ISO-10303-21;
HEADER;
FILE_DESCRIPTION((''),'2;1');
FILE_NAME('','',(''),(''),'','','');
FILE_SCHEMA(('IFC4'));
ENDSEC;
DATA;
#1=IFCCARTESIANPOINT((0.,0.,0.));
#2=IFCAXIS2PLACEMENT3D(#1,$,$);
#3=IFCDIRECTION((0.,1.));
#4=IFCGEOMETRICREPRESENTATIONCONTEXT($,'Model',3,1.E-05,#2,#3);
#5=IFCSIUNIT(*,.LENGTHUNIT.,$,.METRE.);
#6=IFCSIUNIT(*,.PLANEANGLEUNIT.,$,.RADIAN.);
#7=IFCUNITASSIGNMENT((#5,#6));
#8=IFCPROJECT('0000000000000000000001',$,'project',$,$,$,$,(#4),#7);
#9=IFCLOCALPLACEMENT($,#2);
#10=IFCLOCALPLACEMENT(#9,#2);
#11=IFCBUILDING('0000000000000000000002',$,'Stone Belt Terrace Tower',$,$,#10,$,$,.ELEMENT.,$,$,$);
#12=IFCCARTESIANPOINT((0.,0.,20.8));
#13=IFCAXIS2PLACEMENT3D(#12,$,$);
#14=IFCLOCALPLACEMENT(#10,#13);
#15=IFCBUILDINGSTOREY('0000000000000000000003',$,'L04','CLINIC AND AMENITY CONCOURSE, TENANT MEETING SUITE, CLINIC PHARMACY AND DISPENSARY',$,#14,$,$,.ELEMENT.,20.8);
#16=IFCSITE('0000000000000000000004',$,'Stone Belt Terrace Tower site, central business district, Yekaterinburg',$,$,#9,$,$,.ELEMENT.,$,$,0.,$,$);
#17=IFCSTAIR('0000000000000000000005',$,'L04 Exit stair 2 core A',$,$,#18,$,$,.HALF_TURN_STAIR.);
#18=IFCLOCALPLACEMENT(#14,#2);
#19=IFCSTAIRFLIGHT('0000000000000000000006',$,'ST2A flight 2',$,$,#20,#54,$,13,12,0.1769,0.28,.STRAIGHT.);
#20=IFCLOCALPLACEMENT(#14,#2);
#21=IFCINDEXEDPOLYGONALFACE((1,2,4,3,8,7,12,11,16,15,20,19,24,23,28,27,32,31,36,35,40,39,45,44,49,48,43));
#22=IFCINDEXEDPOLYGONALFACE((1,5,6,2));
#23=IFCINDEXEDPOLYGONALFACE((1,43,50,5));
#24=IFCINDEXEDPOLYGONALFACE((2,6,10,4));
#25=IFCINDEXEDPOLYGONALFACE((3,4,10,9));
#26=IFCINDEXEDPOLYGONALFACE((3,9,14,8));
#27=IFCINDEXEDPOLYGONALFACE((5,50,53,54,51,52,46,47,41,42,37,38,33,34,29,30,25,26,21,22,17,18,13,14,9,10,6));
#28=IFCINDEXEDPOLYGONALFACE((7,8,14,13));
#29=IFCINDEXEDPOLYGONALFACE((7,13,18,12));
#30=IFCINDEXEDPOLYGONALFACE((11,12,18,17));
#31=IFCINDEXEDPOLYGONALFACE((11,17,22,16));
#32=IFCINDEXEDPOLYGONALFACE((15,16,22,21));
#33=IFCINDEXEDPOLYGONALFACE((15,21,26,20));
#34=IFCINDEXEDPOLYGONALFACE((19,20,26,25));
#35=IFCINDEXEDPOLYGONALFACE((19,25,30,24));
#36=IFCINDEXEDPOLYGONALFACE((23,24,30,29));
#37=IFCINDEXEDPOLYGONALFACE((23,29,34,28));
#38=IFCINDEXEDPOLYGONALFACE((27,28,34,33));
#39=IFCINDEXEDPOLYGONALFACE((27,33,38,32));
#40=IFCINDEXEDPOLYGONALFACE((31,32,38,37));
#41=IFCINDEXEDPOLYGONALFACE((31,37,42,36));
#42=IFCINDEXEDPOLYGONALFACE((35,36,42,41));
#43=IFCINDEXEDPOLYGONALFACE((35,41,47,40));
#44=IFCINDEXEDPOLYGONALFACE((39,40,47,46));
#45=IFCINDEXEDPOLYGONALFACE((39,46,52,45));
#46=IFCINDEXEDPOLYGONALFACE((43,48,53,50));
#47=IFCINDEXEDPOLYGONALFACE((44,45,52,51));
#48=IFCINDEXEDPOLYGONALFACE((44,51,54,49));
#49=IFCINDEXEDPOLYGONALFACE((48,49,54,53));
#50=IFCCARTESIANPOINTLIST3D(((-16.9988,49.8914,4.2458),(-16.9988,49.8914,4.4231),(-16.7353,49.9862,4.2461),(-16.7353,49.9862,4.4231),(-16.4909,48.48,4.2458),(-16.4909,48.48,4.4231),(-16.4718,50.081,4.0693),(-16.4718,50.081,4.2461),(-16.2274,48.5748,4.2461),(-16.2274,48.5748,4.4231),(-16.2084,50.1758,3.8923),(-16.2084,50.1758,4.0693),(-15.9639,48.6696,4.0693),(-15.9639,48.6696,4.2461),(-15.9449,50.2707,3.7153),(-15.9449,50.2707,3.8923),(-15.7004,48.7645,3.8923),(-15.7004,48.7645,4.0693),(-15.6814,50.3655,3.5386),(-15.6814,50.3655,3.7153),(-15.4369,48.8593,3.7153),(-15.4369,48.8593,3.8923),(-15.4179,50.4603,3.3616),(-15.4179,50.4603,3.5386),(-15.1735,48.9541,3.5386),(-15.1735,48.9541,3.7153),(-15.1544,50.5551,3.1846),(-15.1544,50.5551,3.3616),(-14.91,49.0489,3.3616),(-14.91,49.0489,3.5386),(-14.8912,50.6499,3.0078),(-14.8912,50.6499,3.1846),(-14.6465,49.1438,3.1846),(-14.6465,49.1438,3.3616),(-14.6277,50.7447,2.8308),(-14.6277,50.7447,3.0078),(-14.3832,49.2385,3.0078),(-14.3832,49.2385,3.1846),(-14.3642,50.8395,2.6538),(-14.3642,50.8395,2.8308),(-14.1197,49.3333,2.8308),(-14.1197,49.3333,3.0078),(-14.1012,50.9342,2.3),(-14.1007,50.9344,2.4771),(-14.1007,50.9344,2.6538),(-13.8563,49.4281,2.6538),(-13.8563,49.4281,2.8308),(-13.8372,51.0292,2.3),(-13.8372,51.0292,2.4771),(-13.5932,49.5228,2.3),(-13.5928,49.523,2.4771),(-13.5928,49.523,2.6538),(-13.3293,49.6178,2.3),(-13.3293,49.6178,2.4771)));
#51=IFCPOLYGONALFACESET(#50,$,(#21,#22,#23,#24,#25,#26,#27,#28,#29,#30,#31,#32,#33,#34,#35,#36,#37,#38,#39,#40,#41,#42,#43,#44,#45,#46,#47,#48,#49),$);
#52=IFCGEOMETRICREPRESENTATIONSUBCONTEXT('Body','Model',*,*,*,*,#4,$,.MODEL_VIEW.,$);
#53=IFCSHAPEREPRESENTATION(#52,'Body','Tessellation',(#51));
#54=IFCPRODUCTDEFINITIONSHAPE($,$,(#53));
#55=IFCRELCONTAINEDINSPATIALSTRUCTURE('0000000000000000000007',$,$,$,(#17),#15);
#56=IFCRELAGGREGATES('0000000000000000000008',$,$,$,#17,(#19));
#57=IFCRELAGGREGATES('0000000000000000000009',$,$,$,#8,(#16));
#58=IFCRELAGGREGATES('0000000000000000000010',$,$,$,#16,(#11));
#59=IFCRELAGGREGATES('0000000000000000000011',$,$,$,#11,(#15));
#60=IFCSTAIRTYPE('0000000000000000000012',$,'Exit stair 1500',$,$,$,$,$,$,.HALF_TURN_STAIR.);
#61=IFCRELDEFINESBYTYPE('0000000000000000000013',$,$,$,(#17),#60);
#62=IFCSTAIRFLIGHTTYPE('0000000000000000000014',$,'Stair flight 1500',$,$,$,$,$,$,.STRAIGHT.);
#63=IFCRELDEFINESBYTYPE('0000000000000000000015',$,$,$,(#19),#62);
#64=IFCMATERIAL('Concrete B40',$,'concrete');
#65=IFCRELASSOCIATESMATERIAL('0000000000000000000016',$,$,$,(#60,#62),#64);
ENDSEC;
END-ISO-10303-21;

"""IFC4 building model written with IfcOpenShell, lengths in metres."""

from ifc_helpers import new_model, si_unit, direction, frame, origin, place, context, subcontext, project, spatial, polyline, outline, extrude, material, type_object, element, aggregate, save


model = new_model("IFC4")

# Units and contexts
model_context = context("Model", 3, precision=1e-05, world=origin(), true_north=direction((0.0, 1.0)))
body_context = subcontext(model_context, "Body", "Model", "MODEL_VIEW")
ifc_project = project(units=[si_unit("LENGTHUNIT", "METRE"), si_unit("PLANEANGLEUNIT", "RADIAN")], contexts=[model_context])

# Site, building, storey
site_placement = place(None, origin())
site = spatial("IfcSite", under=ifc_project, at=site_placement, Name="Stone Belt Terrace Tower site, central business district, Yekaterinburg", CompositionType="ELEMENT", RefElevation=0.0)
building_placement = place(site_placement, origin())
building = spatial("IfcBuilding", under=site, at=building_placement, Name="Stone Belt Terrace Tower", CompositionType="ELEMENT")
storey_placement = place(building_placement, frame((0.0, 0.0, 20.8)))
storey = spatial("IfcBuildingStorey", under=building, at=storey_placement, Name="L04", Description="CLINIC AND AMENITY CONCOURSE, TENANT MEETING SUITE, CLINIC PHARMACY AND DISPENSARY", CompositionType="ELEMENT", Elevation=20.8)

# Stair, stair flight
ifc_material_1 = material(Name="Concrete B40", Category="concrete")
stair_type = type_object("IfcStairType", Name="Exit stair 1500", PredefinedType="HALF_TURN_STAIR", material=ifc_material_1)
stair_placement = place(storey_placement, origin())
stair = element("IfcStair", 1, at=stair_placement, inside=storey, type_object=stair_type, Name="L04 Exit stair 2 core A", PredefinedType="HALF_TURN_STAIR")
stair_flight_type = type_object("IfcStairFlightType", Name="Stair flight 1500", PredefinedType="STRAIGHT", material=ifc_material_1)
stair_flight_placement = place(storey_placement, frame((-13.5833, 50.3235, 2.3), z_axis=(0.0, 0.0, 1.0), x_axis=(-0.940922, -0.338624, 0.0)))
stair_flight = element("IfcStairFlight", 2, at=stair_flight_placement, type_object=stair_flight_type, Name="ST2A flight 2", NumberOfRisers=13, NumberOfTreads=12, PredefinedType="STRAIGHT", RiserHeight=0.1769, TreadLength=0.28, context=body_context, shape_type="SweptSolid", body=[
    extrude(outline(polyline([(0.0, 0.0), (0.0, 0.177), (0.28, 0.177), (0.28, 0.3538), (0.5601, 0.3538), (0.5601, 0.5308), (0.8401, 0.5308), (0.8401, 0.7078), (1.1201, 0.7078), (1.1201, 0.8845), (1.3999, 0.8845), (1.3999, 1.0615), (1.6799, 1.0615), (1.6799, 1.2385), (1.96, 1.2385), (1.96, 1.4153), (2.24, 1.4153), (2.24, 1.5923), (2.52, 1.5923), (2.52, 1.7693), (2.8, 1.7693), (2.8, 1.946), (3.0801, 1.946), (3.0801, 2.123), (3.3601, 2.123), (3.3601, 2.3), (3.3601, 1.9458), (0.2805, 0.0), (0.0, 0.0)])), frame((0.0, 0.75, 0.0), z_axis=(0.0, -1.0, 0.0), x_axis=(1.0, 0.0, 0.0)), (0.0, 0.0, 1.0), 1.5),
])
aggregate(stair, [stair_flight])

save(model, "model.ifc")
